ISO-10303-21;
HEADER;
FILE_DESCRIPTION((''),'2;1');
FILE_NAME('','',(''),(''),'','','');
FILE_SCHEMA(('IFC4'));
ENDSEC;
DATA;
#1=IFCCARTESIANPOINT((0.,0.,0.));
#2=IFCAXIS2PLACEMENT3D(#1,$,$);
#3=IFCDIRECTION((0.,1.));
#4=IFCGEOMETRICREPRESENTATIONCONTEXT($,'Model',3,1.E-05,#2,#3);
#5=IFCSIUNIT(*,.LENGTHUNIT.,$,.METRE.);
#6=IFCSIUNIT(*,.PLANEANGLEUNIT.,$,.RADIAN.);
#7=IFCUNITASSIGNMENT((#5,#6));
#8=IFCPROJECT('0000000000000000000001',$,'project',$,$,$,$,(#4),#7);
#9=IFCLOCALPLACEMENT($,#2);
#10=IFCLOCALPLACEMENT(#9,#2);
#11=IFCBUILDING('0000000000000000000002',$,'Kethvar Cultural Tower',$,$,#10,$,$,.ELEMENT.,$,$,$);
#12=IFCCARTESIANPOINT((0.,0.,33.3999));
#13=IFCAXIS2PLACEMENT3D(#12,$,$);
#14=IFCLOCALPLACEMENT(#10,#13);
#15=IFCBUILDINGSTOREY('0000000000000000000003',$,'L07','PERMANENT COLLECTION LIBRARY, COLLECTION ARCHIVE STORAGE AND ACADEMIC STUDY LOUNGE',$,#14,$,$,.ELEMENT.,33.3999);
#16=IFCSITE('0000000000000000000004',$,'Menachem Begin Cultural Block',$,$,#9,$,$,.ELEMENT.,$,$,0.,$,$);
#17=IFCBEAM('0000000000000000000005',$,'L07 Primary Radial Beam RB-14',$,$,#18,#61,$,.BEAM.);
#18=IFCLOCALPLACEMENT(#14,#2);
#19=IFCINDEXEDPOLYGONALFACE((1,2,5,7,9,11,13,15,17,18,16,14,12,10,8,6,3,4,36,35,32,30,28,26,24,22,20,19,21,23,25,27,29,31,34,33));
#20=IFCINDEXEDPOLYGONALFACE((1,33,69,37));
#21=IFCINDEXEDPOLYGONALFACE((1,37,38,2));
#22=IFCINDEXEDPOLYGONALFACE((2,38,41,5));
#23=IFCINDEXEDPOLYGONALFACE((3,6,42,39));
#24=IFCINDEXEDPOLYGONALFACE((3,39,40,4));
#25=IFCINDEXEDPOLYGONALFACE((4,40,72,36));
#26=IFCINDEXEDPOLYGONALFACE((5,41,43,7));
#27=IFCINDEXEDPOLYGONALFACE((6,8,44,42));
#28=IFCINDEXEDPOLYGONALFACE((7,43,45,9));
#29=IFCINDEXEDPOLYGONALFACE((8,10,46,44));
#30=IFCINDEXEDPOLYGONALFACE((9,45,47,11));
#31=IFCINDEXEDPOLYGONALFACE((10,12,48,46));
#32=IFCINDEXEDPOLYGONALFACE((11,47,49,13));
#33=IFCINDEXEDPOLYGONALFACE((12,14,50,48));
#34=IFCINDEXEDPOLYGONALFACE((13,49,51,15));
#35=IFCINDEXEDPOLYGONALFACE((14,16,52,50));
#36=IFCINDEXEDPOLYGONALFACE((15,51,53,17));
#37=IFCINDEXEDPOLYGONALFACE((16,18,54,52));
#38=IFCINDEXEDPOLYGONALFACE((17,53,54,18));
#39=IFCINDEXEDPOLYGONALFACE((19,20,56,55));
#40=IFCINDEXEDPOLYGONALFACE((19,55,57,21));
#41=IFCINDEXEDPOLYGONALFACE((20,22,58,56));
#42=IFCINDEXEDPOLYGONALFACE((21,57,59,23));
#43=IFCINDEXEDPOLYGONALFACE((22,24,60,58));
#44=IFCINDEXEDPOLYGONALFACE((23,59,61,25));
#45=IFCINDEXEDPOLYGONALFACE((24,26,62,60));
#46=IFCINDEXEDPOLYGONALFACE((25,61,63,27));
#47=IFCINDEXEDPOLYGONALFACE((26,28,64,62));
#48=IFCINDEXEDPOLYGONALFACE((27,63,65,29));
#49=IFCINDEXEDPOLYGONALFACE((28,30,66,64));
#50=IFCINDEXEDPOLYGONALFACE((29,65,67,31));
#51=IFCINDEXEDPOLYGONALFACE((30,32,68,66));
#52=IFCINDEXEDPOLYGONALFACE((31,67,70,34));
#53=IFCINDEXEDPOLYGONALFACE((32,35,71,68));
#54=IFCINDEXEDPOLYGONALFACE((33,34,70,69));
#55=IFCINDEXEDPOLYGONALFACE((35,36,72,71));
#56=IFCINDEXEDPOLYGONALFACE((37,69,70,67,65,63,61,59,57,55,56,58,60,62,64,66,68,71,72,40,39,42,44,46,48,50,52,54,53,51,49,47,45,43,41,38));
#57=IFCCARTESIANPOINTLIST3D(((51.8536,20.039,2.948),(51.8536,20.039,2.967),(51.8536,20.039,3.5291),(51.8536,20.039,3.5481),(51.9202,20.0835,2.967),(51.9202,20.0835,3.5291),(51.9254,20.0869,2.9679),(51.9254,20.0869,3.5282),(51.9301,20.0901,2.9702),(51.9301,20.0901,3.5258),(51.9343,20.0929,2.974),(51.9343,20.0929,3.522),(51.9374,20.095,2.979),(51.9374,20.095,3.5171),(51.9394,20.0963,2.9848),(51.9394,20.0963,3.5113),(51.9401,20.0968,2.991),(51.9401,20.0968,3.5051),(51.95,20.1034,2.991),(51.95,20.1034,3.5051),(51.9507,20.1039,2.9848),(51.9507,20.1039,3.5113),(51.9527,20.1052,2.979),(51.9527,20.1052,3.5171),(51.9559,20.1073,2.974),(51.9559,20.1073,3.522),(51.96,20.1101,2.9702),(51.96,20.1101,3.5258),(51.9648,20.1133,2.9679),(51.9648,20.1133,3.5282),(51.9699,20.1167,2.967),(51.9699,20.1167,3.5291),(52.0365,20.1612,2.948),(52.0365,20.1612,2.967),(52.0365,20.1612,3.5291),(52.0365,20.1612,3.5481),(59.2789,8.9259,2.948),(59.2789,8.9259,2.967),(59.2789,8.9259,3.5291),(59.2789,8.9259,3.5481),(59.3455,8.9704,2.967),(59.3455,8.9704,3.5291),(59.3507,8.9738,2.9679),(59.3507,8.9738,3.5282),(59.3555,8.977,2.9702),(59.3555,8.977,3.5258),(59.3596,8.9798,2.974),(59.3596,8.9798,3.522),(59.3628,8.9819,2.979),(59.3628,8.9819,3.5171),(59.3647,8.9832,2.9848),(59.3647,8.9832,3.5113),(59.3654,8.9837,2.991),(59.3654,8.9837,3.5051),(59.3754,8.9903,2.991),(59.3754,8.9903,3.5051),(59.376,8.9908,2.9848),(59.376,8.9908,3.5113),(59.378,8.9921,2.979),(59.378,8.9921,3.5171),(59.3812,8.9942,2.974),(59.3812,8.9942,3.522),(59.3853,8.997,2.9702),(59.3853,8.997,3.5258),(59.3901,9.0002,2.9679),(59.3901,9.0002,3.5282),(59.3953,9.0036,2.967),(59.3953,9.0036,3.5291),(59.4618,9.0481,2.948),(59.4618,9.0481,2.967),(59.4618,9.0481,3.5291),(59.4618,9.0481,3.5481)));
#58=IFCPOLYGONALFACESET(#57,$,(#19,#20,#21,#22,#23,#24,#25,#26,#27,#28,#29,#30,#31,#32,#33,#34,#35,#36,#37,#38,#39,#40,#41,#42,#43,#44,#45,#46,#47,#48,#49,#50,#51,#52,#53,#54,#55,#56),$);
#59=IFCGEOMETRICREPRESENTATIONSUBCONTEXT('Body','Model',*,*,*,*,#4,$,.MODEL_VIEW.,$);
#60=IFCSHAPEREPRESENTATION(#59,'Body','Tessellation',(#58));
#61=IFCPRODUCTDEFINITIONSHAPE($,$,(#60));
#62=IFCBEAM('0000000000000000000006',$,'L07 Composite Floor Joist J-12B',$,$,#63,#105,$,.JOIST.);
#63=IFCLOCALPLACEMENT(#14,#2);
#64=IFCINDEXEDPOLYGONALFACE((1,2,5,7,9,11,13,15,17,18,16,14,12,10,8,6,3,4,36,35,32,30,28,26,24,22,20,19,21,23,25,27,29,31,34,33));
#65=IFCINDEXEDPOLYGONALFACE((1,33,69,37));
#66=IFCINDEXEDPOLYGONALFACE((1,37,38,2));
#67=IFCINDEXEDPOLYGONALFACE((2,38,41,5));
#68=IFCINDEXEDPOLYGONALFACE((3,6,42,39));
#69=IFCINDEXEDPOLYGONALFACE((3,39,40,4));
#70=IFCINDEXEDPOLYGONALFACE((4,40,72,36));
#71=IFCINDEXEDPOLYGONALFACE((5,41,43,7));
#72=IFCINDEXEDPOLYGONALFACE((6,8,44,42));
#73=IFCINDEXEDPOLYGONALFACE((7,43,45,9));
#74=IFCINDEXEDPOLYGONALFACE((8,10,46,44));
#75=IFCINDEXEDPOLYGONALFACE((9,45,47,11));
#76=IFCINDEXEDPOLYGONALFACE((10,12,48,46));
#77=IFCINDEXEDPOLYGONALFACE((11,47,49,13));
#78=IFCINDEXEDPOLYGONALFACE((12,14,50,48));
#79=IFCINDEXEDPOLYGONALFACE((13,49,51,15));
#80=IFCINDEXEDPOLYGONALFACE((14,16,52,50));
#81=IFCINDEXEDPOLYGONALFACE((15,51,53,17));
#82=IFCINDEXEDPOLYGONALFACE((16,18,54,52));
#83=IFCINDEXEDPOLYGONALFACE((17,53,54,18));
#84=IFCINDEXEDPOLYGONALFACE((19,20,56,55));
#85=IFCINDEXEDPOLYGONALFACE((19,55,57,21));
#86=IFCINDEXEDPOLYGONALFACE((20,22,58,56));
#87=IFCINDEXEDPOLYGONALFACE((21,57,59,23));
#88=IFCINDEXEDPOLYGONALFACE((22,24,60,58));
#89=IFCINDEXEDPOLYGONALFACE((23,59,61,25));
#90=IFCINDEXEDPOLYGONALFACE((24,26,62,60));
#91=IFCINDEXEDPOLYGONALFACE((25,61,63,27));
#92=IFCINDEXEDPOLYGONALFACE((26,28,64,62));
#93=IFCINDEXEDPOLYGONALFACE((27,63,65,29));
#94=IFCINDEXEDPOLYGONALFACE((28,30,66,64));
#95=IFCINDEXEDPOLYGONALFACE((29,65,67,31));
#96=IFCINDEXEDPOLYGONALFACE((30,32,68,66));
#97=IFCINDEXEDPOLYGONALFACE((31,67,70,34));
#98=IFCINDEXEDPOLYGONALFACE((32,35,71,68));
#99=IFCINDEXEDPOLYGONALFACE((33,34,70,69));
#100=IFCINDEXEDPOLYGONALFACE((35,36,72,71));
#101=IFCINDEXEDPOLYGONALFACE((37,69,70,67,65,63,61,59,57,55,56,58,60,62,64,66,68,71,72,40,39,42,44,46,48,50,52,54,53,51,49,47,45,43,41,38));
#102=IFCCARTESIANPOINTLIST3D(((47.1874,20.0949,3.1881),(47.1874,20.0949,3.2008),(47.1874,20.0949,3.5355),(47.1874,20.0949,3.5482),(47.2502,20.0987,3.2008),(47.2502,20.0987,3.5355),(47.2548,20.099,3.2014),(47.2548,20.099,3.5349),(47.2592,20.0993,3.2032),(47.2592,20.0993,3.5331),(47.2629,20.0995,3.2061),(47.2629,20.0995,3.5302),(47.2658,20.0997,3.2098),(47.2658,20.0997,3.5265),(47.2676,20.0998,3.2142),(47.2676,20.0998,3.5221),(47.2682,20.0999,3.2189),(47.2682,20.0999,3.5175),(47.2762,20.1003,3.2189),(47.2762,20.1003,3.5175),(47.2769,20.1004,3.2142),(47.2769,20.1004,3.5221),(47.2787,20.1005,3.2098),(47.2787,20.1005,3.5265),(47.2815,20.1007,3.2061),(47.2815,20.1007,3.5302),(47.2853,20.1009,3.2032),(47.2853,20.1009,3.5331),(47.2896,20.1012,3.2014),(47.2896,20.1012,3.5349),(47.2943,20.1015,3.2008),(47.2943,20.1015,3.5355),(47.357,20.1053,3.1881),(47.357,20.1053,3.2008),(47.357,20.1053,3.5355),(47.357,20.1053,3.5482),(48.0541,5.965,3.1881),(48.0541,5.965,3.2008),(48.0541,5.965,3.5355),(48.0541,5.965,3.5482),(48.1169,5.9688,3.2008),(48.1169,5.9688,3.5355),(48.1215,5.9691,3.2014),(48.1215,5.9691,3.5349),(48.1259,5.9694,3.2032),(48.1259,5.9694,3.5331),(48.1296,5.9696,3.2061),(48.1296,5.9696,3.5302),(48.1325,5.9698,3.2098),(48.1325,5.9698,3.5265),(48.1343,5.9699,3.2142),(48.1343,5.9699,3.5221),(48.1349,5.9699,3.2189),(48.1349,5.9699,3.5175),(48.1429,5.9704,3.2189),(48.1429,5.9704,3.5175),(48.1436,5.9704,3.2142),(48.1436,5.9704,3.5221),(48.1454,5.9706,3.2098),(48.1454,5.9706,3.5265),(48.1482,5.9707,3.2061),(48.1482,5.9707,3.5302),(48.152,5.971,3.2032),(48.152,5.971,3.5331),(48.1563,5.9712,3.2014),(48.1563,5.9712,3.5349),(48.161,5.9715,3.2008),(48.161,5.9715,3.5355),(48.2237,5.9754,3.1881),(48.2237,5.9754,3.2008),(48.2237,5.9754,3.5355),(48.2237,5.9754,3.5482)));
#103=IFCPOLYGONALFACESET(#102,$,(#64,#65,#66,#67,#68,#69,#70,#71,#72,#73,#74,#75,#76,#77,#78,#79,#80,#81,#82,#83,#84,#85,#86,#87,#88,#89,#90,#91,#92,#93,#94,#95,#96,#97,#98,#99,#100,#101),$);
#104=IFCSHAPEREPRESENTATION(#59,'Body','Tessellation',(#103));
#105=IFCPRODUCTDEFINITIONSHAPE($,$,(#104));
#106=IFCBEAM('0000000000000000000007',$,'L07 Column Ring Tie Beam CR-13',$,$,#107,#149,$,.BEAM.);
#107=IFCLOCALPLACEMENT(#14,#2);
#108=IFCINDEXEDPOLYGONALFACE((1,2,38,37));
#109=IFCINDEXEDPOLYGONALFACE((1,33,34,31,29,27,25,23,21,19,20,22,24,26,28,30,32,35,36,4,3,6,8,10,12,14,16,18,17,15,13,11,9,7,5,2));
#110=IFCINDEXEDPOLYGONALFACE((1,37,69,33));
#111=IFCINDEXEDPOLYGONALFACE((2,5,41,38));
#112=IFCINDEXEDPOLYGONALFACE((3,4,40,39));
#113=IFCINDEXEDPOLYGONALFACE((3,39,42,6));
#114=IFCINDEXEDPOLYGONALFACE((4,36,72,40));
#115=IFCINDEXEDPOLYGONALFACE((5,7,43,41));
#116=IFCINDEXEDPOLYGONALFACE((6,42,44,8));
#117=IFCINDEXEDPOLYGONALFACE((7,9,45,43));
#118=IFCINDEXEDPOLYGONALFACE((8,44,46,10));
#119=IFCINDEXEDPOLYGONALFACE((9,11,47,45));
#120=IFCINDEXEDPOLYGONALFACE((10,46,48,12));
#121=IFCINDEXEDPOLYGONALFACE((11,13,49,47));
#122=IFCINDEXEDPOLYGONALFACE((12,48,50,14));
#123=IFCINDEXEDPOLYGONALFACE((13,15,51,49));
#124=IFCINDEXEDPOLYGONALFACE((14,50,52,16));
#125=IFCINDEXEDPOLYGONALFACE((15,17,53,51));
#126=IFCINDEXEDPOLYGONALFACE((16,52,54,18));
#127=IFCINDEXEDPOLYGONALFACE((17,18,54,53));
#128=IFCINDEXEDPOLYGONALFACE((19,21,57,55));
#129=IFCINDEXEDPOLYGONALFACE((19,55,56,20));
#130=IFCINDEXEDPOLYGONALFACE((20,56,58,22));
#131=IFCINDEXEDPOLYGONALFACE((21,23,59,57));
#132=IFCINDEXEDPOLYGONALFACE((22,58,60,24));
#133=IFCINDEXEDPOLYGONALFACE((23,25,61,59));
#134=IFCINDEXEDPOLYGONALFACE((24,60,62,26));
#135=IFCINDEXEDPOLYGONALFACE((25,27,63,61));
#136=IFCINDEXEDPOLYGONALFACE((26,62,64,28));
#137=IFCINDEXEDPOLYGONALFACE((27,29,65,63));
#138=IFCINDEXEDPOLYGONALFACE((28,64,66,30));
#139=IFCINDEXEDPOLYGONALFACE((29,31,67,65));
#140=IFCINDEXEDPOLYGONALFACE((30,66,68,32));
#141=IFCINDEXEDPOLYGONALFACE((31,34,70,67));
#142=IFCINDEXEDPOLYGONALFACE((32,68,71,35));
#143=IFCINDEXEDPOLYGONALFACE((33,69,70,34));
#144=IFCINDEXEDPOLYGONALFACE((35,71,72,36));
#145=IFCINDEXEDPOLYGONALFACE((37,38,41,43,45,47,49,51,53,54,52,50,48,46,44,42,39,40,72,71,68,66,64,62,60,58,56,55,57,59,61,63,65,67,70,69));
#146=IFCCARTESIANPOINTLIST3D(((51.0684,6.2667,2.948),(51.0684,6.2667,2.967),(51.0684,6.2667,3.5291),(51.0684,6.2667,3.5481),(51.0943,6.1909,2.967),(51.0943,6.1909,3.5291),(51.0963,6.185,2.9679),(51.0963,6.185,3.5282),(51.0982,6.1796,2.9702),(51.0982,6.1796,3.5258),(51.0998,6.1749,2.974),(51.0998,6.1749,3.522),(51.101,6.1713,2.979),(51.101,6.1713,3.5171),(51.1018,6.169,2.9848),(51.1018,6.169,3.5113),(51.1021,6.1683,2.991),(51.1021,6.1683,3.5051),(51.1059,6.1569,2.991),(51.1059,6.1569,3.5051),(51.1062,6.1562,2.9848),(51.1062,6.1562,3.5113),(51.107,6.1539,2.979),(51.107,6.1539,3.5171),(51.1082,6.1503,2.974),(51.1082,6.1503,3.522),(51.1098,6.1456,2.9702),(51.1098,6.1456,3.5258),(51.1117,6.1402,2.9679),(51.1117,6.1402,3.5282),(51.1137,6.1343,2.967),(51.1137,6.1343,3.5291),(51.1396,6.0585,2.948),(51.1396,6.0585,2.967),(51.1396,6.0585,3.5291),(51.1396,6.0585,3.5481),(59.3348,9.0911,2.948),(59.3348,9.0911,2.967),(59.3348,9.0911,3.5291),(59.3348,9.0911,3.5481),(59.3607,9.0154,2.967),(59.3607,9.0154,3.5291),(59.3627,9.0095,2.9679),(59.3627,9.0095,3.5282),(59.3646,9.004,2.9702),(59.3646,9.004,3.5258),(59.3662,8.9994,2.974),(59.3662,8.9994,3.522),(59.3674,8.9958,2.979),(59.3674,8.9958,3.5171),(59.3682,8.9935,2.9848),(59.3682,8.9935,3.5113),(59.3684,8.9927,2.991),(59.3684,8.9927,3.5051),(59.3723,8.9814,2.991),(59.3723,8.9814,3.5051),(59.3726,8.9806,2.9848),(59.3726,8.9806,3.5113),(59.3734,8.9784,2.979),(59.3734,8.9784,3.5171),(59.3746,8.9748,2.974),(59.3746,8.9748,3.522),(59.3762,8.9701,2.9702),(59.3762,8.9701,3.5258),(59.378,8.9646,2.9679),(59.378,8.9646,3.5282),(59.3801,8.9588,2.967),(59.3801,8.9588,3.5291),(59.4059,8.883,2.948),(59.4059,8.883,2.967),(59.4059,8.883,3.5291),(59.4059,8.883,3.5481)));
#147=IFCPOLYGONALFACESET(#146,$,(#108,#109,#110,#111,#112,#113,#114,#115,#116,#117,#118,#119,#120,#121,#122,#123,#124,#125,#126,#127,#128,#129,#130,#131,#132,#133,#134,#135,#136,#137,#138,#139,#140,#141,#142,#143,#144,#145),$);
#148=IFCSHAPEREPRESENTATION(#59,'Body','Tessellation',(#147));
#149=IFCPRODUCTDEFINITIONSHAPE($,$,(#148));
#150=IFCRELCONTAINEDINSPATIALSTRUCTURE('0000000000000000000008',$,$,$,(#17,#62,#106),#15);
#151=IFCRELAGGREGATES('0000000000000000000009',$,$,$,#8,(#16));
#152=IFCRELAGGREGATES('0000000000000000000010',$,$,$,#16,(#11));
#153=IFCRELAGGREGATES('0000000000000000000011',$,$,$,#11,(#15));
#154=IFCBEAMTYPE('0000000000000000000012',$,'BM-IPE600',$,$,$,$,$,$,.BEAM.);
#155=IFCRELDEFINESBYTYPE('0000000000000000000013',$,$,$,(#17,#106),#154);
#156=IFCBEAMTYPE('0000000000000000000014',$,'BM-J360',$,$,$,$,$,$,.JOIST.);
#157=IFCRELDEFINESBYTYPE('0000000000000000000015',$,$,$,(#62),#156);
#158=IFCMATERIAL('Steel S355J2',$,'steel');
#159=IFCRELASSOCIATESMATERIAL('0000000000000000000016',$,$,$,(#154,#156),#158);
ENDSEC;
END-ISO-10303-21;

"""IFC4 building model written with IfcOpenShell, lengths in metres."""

from ifc_helpers import new_model, si_unit, direction, frame, origin, origin_2d, place, context, subcontext, project, spatial, i_section, extrude, source, transform, mapped, material, material_profile, profile_set, type_object, element, save


model = new_model("IFC4")

# Units and contexts
model_context = context("Model", 3, precision=1e-05, world=origin(), true_north=direction((0.0, 1.0)))
body_context = subcontext(model_context, "Body", "Model", "MODEL_VIEW")
ifc_project = project(units=[si_unit("LENGTHUNIT", "METRE"), si_unit("PLANEANGLEUNIT", "RADIAN")], contexts=[model_context])

# Site, building, storey
site_placement = place(None, origin())
site = spatial("IfcSite", under=ifc_project, at=site_placement, Name="Menachem Begin Cultural Block", CompositionType="ELEMENT", RefElevation=0.0)
building_placement = place(site_placement, origin())
building = spatial("IfcBuilding", under=site, at=building_placement, Name="Kethvar Cultural Tower", CompositionType="ELEMENT")
storey_placement = place(building_placement, frame((0.0, 0.0, 33.3999)))
storey = spatial("IfcBuildingStorey", under=building, at=storey_placement, Name="L07", Description="PERMANENT COLLECTION LIBRARY, COLLECTION ARCHIVE STORAGE AND ACADEMIC STUDY LOUNGE", CompositionType="ELEMENT", Elevation=33.3999)

# Beams
ifc_material_1 = material(Name="Steel S355J2", Category="steel")
ifc_material_profile_1 = material_profile(ifc_material_1, i_section(OverallWidth=0.22, OverallDepth=0.6001, WebThickness=0.012, FlangeThickness=0.019, FilletRadius=0.0239, at=origin_2d()), Name="Steel S355J2 — IPE600")
ifc_profile_set_1 = profile_set([ifc_material_profile_1], Name="Steel S355J2 — IPE600")
beam_type_1 = type_object("IfcBeamType", Name="BM-IPE600", PredefinedType="BEAM", material=ifc_profile_set_1)
shared_shape_1 = source(origin(), body_context, "Body", "SweptSolid", [
    extrude(i_section(OverallWidth=0.22, OverallDepth=0.6001, WebThickness=0.012, FlangeThickness=0.019, FilletRadius=0.0239, at=origin_2d()), origin(), (0.0, 0.0, 1.0), 13.3655),
])
beam_1_placement = place(storey_placement, frame((51.9451, 20.1001, 3.248), z_axis=(0.55556, -0.831477, 0.0), x_axis=(0.831477, 0.55556, 0.0)))
element("IfcBeam", 1, at=beam_1_placement, inside=storey, type_object=beam_type_1, Name="L07 Primary Radial Beam RB-14", PredefinedType="BEAM", context=body_context, shape_type="MappedRepresentation", body=[
    mapped(shared_shape_1, transform((0.0, 0.0, 0.0), scale=1.0)),
])
ifc_material_profile_2 = material_profile(ifc_material_1, i_section(OverallWidth=0.1699, OverallDepth=0.3601, WebThickness=0.0081, FlangeThickness=0.0127, FilletRadius=0.0181, at=origin_2d()), Name="Steel S355J2 — IPE360")
ifc_profile_set_2 = profile_set([ifc_material_profile_2], Name="Steel S355J2 — IPE360")
beam_type_2 = type_object("IfcBeamType", Name="BM-J360", PredefinedType="JOIST", material=ifc_profile_set_2)
shared_shape_2 = source(origin(), body_context, "Body", "SweptSolid", [
    extrude(i_section(OverallWidth=0.1699, OverallDepth=0.3601, WebThickness=0.0081, FlangeThickness=0.0127, FilletRadius=0.0181, at=origin_2d()), origin(), (0.0, 0.0, 1.0), 14.1565),
])
beam_2_placement = place(storey_placement, frame((47.2722, 20.1001, 3.3682), z_axis=(0.061223, -0.998124, 0.0), x_axis=(0.998124, 0.061223, 0.0)))
element("IfcBeam", 2, at=beam_2_placement, inside=storey, type_object=beam_type_2, Name="L07 Composite Floor Joist J-12B", PredefinedType="JOIST", context=body_context, shape_type="MappedRepresentation", body=[
    mapped(shared_shape_2, transform((0.0, 0.0, 0.0), scale=1.0)),
])
shared_shape_3 = source(origin(), body_context, "Body", "SweptSolid", [
    extrude(i_section(OverallWidth=0.22, OverallDepth=0.6001, WebThickness=0.012, FlangeThickness=0.019, FilletRadius=0.0239, at=origin_2d()), origin(), (0.0, 0.0, 1.0), 8.7356),
])
beam_3_placement = place(storey_placement, frame((51.104, 6.1626, 3.248), z_axis=(0.946287, 0.323329, 0.0), x_axis=(-0.323329, 0.946287, 0.0)))
element("IfcBeam", 3, at=beam_3_placement, inside=storey, type_object=beam_type_1, Name="L07 Column Ring Tie Beam CR-13", PredefinedType="BEAM", context=body_context, shape_type="MappedRepresentation", body=[
    mapped(shared_shape_3, transform((0.0, 0.0, 0.0), scale=1.0)),
])

save(model, "model.ifc")
